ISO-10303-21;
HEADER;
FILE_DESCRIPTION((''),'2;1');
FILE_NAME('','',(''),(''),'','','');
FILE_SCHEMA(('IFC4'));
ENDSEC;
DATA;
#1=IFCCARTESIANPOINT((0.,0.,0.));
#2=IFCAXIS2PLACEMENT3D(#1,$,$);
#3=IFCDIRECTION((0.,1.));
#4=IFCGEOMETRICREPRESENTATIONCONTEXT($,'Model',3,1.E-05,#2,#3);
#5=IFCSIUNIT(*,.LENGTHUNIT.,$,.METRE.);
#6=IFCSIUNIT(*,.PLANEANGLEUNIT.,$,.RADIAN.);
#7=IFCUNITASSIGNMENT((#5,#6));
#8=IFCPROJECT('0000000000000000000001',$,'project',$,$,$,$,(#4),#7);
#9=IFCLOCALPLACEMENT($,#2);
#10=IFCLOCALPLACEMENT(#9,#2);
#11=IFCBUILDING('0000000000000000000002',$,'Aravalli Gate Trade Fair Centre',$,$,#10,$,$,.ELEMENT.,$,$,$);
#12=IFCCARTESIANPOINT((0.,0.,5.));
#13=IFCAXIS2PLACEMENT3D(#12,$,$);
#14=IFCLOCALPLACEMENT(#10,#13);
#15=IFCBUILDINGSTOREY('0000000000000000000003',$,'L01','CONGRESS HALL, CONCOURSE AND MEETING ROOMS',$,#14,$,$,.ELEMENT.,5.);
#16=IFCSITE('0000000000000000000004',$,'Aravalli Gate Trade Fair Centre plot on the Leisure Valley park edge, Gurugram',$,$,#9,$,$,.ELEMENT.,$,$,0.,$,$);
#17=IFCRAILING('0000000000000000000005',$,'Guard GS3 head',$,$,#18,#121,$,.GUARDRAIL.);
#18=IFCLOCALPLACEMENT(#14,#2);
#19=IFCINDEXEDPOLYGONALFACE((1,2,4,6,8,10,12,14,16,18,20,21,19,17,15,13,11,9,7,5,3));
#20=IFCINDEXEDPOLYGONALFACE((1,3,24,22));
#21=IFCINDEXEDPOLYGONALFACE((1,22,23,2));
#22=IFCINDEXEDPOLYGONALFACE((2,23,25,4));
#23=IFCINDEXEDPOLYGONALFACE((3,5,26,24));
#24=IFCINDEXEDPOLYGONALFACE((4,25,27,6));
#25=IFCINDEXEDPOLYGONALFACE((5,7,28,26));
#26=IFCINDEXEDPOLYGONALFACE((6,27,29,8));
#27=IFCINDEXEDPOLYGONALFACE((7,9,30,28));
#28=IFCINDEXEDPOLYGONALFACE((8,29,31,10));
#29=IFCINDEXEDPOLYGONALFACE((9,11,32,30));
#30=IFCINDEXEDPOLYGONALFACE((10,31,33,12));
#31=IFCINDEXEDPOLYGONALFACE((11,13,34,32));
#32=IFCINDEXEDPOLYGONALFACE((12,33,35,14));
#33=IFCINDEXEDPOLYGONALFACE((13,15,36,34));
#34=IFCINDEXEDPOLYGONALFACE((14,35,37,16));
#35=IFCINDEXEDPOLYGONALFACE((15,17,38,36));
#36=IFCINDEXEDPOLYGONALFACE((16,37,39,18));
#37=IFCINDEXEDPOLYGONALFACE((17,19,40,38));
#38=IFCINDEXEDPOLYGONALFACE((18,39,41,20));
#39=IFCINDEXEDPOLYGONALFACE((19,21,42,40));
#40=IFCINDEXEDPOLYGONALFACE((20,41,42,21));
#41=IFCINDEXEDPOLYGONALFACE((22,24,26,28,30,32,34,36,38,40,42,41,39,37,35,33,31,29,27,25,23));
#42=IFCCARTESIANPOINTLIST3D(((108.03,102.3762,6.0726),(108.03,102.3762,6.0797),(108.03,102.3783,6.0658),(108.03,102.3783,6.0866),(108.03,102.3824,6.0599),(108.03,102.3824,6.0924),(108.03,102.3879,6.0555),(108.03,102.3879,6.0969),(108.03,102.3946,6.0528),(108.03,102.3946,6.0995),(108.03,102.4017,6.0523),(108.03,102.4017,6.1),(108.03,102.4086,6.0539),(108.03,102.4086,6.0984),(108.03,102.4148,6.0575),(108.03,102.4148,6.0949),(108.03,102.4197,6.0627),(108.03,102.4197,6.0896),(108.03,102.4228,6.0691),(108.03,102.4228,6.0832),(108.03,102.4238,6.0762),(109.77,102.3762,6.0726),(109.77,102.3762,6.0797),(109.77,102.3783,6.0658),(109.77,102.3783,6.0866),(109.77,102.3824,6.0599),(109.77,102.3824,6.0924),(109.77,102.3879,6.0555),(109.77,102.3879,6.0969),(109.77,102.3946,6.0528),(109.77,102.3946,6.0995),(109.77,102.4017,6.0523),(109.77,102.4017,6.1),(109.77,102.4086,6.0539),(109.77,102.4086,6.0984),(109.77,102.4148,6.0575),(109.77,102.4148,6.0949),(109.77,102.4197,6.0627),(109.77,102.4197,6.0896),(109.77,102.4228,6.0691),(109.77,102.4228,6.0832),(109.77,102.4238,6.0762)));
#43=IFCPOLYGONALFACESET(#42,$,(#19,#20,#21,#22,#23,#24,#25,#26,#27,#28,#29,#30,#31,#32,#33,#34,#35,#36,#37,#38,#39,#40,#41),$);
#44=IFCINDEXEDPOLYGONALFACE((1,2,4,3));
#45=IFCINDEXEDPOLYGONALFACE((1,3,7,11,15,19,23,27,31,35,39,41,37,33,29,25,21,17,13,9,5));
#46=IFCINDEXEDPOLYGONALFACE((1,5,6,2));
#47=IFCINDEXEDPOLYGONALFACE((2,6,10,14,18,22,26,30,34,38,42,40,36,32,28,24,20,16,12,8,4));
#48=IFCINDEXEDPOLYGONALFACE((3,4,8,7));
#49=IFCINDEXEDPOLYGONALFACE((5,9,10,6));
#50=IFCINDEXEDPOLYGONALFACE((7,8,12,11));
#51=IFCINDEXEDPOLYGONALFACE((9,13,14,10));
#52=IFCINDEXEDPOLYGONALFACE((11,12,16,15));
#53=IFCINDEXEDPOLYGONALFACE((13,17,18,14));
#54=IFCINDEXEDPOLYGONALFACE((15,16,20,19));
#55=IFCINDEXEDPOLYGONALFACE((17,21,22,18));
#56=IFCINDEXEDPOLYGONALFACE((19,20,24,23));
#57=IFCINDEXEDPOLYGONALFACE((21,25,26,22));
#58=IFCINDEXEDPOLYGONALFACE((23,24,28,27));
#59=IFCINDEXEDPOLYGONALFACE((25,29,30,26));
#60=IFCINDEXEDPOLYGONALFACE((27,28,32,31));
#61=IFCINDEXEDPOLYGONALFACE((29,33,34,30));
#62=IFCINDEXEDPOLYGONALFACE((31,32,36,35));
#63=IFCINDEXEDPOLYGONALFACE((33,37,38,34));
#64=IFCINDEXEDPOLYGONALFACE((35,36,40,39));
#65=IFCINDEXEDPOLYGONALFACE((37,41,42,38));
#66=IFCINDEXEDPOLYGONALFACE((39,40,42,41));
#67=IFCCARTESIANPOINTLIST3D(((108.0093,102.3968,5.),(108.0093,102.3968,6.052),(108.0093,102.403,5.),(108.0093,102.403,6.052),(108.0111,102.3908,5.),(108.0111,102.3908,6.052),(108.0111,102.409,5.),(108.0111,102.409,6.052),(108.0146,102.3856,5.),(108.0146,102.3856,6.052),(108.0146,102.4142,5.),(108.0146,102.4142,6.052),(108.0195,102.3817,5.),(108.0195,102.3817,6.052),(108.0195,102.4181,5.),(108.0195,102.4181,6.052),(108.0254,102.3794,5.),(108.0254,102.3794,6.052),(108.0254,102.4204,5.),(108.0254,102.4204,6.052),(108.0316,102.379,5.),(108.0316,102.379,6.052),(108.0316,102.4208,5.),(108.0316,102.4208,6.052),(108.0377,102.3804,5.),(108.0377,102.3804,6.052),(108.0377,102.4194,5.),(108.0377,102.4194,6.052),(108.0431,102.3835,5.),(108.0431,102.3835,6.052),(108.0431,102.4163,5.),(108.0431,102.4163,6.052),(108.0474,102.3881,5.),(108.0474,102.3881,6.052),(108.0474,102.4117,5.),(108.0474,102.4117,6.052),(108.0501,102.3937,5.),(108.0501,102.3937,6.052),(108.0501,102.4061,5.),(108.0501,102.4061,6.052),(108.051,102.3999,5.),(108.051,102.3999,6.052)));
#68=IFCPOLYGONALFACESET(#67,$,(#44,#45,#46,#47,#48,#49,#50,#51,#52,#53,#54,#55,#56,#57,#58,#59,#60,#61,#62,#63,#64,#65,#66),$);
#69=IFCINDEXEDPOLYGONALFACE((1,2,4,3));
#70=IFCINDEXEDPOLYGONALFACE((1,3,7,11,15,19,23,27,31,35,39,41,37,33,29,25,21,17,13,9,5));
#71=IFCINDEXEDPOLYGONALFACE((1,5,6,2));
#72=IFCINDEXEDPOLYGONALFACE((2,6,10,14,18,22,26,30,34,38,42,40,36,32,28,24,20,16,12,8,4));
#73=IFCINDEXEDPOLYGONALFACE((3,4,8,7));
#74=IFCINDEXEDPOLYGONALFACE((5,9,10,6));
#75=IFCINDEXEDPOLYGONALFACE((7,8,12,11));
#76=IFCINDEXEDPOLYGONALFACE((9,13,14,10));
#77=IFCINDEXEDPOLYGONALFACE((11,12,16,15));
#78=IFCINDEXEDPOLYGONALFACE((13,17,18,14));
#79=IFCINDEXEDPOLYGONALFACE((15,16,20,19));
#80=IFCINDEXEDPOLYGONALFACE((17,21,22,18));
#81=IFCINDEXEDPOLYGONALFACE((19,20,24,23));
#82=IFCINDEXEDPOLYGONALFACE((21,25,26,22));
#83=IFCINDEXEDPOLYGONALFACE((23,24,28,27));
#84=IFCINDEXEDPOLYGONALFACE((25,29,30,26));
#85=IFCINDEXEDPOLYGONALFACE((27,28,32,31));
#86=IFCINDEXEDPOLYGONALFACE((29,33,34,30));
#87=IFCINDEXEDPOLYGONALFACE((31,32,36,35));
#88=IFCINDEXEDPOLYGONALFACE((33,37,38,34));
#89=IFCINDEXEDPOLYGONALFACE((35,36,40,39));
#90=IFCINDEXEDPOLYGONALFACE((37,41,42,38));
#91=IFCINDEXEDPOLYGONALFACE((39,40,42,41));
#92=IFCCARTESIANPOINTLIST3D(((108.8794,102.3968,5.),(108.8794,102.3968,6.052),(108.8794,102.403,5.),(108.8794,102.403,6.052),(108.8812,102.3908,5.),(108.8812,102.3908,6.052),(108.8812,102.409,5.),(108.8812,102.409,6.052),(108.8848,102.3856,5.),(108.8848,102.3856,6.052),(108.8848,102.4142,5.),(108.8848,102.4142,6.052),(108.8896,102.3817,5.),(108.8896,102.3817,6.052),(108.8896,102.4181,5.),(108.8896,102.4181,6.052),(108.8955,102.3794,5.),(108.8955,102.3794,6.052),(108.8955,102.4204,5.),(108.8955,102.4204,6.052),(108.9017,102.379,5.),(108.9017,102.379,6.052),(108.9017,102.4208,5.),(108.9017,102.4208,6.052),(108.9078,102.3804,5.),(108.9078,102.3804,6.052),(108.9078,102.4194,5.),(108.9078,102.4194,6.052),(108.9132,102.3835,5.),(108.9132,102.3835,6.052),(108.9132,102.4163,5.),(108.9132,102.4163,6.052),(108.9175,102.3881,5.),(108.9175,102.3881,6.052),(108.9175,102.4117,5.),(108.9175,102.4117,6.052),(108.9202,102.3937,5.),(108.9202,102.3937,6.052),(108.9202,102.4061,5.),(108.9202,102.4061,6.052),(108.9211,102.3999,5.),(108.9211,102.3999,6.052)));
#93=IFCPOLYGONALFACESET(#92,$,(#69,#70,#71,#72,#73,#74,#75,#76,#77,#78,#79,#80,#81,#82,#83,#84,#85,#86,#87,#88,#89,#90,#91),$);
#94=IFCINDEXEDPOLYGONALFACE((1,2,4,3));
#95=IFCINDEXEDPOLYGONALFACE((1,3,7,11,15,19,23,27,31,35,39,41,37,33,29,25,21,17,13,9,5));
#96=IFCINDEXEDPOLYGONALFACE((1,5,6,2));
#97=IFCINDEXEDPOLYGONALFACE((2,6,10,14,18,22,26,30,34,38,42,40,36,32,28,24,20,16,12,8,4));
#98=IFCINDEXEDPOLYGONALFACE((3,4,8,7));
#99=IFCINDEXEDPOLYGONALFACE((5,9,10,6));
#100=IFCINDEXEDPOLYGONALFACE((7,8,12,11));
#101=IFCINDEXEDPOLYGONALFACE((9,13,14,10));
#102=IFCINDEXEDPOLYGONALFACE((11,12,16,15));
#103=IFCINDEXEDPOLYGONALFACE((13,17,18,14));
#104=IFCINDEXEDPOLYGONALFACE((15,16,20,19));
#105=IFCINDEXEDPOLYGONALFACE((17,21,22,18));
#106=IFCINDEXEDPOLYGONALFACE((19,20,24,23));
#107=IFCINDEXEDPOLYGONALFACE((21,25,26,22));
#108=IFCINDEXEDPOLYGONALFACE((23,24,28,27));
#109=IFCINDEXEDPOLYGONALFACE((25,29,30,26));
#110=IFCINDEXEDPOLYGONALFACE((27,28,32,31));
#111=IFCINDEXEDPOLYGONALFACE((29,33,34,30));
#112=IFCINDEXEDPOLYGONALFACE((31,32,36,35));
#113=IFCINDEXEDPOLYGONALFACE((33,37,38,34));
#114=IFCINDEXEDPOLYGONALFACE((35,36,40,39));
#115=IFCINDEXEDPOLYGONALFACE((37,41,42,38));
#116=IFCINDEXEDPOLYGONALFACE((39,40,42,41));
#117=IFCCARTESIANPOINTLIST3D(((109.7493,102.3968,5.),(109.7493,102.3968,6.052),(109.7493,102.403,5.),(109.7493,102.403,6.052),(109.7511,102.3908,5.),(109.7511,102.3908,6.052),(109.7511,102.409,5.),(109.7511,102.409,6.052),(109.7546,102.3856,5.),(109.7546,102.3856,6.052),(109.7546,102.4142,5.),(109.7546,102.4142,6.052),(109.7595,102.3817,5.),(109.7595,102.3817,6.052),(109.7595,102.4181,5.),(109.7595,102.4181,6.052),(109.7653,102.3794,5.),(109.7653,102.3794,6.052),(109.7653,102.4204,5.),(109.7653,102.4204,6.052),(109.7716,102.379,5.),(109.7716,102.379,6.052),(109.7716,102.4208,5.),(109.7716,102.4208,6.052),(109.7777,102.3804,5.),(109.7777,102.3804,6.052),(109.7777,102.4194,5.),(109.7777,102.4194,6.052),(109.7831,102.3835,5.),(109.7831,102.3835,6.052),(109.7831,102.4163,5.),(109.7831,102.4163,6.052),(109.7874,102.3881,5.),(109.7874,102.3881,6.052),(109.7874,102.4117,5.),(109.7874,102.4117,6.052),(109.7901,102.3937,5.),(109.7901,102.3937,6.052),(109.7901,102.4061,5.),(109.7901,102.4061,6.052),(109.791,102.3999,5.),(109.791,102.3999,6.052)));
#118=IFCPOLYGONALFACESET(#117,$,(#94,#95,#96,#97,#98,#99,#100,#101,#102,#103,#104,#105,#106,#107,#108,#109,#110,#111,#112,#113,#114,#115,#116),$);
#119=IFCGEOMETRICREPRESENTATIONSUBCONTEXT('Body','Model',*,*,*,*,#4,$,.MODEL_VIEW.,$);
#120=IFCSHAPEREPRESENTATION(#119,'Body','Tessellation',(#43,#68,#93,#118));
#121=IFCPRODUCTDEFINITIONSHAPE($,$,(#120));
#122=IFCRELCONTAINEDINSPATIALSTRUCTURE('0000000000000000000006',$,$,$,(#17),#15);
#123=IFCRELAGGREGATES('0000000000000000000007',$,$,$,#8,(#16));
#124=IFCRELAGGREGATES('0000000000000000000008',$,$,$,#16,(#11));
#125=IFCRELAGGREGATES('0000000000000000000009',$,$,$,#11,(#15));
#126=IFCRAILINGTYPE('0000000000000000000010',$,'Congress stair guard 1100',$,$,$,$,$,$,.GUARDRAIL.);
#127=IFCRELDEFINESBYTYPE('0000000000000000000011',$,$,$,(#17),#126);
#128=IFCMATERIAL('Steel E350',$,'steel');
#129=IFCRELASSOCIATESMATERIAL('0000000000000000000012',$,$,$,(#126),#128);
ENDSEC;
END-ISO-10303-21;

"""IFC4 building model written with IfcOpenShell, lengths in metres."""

from ifc_helpers import new_model, si_unit, direction, frame, origin, origin_2d, place, context, subcontext, project, spatial, circle, extrude, material, type_object, element, save


model = new_model("IFC4")

# Units and contexts
model_context = context("Model", 3, precision=1e-05, world=origin(), true_north=direction((0.0, 1.0)))
body_context = subcontext(model_context, "Body", "Model", "MODEL_VIEW")
ifc_project = project(units=[si_unit("LENGTHUNIT", "METRE"), si_unit("PLANEANGLEUNIT", "RADIAN")], contexts=[model_context])

# Site, building, storey
site_placement = place(None, origin())
site = spatial("IfcSite", under=ifc_project, at=site_placement, Name="Aravalli Gate Trade Fair Centre plot on the Leisure Valley park edge, Gurugram", CompositionType="ELEMENT", RefElevation=0.0)
building_placement = place(site_placement, origin())
building = spatial("IfcBuilding", under=site, at=building_placement, Name="Aravalli Gate Trade Fair Centre", CompositionType="ELEMENT")
storey_placement = place(building_placement, frame((0.0, 0.0, 5.0)))
storey = spatial("IfcBuildingStorey", under=building, at=storey_placement, Name="L01", Description="CONGRESS HALL, CONCOURSE AND MEETING ROOMS", CompositionType="ELEMENT", Elevation=5.0)

# Railing
ifc_material_1 = material(Name="Steel E350", Category="steel")
railing_type_1 = type_object("IfcRailingType", Name="Congress stair guard 1100", PredefinedType="GUARDRAIL", material=ifc_material_1)
railing_placement = place(storey_placement, frame((108.03, 102.3999, 5.0)))
element("IfcRailing", 1, at=railing_placement, inside=storey, type_object=railing_type_1, Name="Guard GS3 head", PredefinedType="GUARDRAIL", context=body_context, shape_type="SweptSolid", body=[
    extrude(circle(Radius=0.0239, at=origin_2d()), frame((0.0, 0.0, 1.0762), z_axis=(1.0, 0.0, 0.0), x_axis=(0.0, 1.0, 0.0)), (0.0, 0.0, 1.0), 1.74),
    extrude(circle(Radius=0.021, at=origin_2d()), origin(), (0.0, 0.0, 1.0), 1.052),
    extrude(circle(Radius=0.021, at=origin_2d()), frame((0.8701, 0.0, 0.0)), (0.0, 0.0, 1.0), 1.052),
    extrude(circle(Radius=0.021, at=origin_2d()), frame((1.74, 0.0, 0.0)), (0.0, 0.0, 1.0), 1.052),
])

save(model, "model.ifc")
